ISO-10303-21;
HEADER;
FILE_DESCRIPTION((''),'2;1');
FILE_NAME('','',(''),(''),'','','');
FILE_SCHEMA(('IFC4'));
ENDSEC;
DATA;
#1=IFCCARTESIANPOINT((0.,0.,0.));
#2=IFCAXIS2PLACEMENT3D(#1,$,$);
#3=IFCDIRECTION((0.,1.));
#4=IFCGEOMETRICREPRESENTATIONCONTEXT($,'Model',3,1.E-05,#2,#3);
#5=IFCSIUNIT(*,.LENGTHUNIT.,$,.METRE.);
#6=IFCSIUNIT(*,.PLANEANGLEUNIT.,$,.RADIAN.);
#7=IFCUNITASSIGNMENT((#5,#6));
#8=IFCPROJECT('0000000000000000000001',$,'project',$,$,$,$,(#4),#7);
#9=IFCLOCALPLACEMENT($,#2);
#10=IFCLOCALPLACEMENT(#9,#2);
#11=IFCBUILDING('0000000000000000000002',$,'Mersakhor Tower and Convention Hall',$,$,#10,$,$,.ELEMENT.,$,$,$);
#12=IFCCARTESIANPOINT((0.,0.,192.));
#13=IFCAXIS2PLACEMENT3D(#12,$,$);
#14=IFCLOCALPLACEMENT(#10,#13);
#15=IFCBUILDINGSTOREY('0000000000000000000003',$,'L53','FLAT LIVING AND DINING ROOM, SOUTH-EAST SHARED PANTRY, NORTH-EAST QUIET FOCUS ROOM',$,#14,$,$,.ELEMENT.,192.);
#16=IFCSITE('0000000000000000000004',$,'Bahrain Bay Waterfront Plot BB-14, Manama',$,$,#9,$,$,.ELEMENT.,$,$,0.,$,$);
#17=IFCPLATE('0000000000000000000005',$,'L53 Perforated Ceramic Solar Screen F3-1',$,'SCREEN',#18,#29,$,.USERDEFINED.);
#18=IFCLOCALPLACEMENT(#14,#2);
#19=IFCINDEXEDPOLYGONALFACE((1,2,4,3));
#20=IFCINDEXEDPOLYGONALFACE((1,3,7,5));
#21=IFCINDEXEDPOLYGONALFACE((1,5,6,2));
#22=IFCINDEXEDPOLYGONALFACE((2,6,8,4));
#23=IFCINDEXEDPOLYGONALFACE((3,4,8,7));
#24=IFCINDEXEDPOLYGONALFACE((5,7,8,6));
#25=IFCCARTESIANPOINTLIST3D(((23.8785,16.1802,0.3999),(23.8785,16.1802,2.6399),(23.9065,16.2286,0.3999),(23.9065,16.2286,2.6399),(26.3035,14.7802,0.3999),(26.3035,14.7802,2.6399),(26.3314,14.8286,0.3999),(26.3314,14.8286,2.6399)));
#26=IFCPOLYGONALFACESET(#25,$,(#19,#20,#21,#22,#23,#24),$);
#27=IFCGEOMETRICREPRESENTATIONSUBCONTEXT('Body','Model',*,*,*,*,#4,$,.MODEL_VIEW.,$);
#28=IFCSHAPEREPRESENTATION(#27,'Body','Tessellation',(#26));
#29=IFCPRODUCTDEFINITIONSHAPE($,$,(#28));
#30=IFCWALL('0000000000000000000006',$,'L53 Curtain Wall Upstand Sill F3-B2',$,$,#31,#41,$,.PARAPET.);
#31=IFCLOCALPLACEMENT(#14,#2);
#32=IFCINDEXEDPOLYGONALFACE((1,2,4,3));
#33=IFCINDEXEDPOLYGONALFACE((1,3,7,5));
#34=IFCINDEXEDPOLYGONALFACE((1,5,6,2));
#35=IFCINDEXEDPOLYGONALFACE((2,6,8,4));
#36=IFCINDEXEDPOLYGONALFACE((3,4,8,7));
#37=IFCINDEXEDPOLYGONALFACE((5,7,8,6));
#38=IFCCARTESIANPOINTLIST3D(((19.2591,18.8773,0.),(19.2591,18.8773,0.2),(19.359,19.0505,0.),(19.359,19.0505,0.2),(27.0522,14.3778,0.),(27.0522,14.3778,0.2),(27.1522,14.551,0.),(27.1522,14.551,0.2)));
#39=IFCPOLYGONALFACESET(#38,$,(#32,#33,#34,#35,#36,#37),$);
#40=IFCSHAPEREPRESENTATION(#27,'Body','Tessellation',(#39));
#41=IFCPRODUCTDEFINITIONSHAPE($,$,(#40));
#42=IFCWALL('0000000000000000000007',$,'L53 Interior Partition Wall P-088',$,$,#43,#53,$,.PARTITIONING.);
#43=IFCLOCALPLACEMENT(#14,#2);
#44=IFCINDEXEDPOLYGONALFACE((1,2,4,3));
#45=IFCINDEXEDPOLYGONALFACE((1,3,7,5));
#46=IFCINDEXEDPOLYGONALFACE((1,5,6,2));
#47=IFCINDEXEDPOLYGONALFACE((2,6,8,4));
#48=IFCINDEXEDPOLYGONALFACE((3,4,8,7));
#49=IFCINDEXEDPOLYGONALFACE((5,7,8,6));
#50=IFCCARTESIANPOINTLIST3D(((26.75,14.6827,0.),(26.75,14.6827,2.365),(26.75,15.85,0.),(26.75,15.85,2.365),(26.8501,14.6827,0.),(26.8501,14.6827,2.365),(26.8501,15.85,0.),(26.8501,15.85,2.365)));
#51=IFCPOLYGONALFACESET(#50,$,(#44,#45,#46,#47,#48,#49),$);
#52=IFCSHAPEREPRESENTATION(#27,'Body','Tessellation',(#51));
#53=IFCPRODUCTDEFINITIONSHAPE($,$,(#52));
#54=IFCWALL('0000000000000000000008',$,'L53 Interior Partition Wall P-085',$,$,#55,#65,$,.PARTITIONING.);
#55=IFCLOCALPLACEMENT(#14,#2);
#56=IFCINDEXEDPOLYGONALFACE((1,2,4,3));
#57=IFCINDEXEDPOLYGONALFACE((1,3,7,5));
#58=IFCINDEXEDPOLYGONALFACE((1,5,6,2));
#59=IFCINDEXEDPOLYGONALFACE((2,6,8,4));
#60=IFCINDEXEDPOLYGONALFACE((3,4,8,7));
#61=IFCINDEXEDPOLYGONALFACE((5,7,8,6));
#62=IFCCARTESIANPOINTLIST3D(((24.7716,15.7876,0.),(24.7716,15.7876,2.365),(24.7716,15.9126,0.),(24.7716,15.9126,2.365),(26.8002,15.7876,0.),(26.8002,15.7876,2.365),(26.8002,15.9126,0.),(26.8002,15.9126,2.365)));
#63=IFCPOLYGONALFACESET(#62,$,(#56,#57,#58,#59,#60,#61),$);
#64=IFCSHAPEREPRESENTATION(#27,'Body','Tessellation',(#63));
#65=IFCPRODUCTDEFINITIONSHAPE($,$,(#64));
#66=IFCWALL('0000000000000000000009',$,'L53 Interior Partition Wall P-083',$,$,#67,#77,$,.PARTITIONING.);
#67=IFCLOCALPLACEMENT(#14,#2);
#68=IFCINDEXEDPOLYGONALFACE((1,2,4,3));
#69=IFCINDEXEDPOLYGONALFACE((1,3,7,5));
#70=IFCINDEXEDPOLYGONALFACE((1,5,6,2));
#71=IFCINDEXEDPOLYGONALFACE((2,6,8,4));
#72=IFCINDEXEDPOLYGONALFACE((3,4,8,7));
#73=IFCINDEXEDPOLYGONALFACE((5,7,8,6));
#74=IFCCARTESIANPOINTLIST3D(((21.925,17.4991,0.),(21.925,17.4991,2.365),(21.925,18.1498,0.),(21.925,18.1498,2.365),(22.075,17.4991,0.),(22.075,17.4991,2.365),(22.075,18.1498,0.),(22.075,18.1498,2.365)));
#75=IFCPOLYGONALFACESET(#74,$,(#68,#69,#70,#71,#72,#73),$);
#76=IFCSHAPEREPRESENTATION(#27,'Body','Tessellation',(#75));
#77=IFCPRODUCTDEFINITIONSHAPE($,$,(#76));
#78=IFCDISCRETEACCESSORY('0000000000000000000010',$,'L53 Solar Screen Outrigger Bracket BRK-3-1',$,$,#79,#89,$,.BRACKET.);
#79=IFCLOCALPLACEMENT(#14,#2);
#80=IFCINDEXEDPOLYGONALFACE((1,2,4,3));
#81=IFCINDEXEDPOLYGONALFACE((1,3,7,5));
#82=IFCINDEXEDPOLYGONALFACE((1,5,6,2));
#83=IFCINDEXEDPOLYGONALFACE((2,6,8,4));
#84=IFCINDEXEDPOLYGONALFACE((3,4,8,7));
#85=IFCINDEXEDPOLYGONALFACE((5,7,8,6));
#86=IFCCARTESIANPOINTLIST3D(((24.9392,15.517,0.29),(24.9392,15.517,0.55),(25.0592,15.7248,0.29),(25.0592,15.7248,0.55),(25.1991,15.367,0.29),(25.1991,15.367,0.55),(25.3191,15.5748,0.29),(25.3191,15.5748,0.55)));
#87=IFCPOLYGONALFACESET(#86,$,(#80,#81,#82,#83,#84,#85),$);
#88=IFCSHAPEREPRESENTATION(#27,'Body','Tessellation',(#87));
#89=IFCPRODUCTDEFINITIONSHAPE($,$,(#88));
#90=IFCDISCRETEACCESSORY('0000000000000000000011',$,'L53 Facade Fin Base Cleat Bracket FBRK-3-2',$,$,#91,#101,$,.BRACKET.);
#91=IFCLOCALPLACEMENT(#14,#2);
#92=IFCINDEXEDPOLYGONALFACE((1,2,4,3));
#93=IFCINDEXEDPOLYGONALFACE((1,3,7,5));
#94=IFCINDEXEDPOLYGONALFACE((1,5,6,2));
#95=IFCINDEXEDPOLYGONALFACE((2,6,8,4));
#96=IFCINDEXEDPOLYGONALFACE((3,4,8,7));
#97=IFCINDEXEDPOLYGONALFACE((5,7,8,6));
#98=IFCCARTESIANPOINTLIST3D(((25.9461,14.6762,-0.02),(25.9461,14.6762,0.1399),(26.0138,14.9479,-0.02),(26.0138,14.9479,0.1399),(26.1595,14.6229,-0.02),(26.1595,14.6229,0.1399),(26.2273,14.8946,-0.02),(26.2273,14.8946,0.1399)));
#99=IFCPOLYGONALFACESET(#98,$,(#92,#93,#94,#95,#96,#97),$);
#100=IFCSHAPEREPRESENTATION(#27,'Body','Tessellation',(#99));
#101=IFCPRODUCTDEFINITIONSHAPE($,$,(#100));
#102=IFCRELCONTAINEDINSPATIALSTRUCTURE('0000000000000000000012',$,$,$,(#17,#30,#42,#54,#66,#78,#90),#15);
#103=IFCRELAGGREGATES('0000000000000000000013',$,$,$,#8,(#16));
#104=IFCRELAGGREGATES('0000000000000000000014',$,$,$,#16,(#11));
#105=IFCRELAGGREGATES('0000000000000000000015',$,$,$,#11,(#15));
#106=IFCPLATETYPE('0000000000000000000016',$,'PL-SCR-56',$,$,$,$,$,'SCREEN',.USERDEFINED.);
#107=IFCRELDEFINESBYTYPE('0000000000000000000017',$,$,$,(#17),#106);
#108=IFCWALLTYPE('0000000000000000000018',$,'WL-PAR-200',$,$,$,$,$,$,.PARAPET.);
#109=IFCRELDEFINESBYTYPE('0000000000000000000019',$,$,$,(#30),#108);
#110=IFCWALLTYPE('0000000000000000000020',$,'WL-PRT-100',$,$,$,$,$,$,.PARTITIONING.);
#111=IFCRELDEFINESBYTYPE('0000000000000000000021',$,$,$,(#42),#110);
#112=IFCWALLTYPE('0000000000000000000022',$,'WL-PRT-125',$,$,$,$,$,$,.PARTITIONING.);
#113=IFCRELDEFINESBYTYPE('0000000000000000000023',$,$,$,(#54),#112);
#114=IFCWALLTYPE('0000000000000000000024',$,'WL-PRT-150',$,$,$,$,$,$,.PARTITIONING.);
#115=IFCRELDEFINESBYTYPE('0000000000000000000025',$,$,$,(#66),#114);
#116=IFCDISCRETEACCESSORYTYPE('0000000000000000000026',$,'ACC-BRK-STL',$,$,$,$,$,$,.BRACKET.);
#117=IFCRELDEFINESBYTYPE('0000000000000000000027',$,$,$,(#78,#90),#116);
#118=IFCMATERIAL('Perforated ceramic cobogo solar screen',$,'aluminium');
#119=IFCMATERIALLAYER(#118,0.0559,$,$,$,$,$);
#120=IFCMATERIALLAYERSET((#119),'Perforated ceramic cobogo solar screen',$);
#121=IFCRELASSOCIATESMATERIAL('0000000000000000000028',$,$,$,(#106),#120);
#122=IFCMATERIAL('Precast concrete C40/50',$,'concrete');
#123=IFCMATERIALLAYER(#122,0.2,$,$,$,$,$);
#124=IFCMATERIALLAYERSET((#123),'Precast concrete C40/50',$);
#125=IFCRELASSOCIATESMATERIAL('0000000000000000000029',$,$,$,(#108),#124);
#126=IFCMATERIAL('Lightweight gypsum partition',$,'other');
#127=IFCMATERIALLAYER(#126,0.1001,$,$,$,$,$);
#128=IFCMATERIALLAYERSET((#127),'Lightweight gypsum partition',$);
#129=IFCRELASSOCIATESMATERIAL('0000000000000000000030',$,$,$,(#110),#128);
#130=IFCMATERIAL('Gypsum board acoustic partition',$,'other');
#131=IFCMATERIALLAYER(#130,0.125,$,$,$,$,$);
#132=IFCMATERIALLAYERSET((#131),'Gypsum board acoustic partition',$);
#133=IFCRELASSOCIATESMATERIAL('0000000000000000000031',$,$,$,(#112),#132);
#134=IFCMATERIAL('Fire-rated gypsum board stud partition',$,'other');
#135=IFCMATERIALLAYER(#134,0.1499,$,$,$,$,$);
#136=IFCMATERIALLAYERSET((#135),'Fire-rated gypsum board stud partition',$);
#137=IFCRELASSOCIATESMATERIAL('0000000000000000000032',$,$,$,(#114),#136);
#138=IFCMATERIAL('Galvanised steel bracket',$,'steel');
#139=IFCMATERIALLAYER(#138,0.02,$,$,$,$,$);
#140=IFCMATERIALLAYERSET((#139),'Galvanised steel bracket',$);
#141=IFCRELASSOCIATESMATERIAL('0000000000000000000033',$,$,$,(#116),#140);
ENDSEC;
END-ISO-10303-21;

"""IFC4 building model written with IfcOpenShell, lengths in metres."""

from ifc_helpers import new_model, si_unit, direction, frame, frame_2d, origin, origin_2d, place, context, subcontext, project, spatial, rectangle, extrude, material, layer, layer_set, type_object, element, save


model = new_model("IFC4")

# Units and contexts
model_context = context("Model", 3, precision=1e-05, world=origin(), true_north=direction((0.0, 1.0)))
body_context = subcontext(model_context, "Body", "Model", "MODEL_VIEW")
ifc_project = project(units=[si_unit("LENGTHUNIT", "METRE"), si_unit("PLANEANGLEUNIT", "RADIAN")], contexts=[model_context])

# Site, building, storey
site_placement = place(None, origin())
site = spatial("IfcSite", under=ifc_project, at=site_placement, Name="Bahrain Bay Waterfront Plot BB-14, Manama", CompositionType="ELEMENT", RefElevation=0.0)
building_placement = place(site_placement, origin())
building = spatial("IfcBuilding", under=site, at=building_placement, Name="Mersakhor Tower and Convention Hall", CompositionType="ELEMENT")
storey_placement = place(building_placement, frame((0.0, 0.0, 192.0)))
storey = spatial("IfcBuildingStorey", under=building, at=storey_placement, Name="L53", Description="FLAT LIVING AND DINING ROOM, SOUTH-EAST SHARED PANTRY, NORTH-EAST QUIET FOCUS ROOM", CompositionType="ELEMENT", Elevation=192.0)

# Plate
ifc_material_1 = material(Name="Perforated ceramic cobogo solar screen", Category="aluminium")
ifc_layer_1 = layer(ifc_material_1, 0.0559)
ifc_layer_set_1 = layer_set([ifc_layer_1], Name="Perforated ceramic cobogo solar screen")
plate_type_1 = type_object("IfcPlateType", Name="PL-SCR-56", ElementType="SCREEN", PredefinedType="USERDEFINED", material=ifc_layer_set_1)
plate_1_placement = place(storey_placement, frame((25.105, 15.5044, 0.3999), z_axis=(0.0, 0.0, 1.0), x_axis=(-0.866025, 0.5, 0.0)))
element("IfcPlate", 1, at=plate_1_placement, inside=storey, type_object=plate_type_1, Name="L53 Perforated Ceramic Solar Screen F3-1", ObjectType="SCREEN", PredefinedType="USERDEFINED", context=body_context, shape_type="SweptSolid", body=[
    extrude(rectangle(XDim=2.8, YDim=0.0559, at=origin_2d()), origin(), (0.0, 0.0, 1.0), 2.24),
])

# Walls
ifc_material_2 = material(Name="Precast concrete C40/50", Category="concrete")
ifc_layer_2 = layer(ifc_material_2, 0.2)
ifc_layer_set_2 = layer_set([ifc_layer_2], Name="Precast concrete C40/50")
wall_type_1 = type_object("IfcWallType", Name="WL-PAR-200", PredefinedType="PARAPET", material=ifc_layer_set_2)
wall_1_placement = place(storey_placement, frame((27.1023, 14.4644, 0.0), z_axis=(0.0, 0.0, 1.0), x_axis=(-0.866021, 0.500008, 0.0)))
element("IfcWall", 2, at=wall_1_placement, inside=storey, type_object=wall_type_1, Name="L53 Curtain Wall Upstand Sill F3-B2", PredefinedType="PARAPET", context=body_context, shape_type="SweptSolid", body=[
    extrude(rectangle(XDim=8.9988, YDim=0.2, at=frame_2d((4.4995, 0.0))), origin(), (0.0, 0.0, 1.0), 0.2),
])
ifc_material_3 = material(Name="Lightweight gypsum partition", Category="other")
ifc_layer_3 = layer(ifc_material_3, 0.1001)
ifc_layer_set_3 = layer_set([ifc_layer_3], Name="Lightweight gypsum partition")
wall_type_2 = type_object("IfcWallType", Name="WL-PRT-100", PredefinedType="PARTITIONING", material=ifc_layer_set_3)
wall_2_placement = place(storey_placement, frame((26.8, 14.6829, 0.0), z_axis=(0.0, 0.0, 1.0), x_axis=(0.0, 1.0, 0.0)))
element("IfcWall", 3, at=wall_2_placement, inside=storey, type_object=wall_type_2, Name="L53 Interior Partition Wall P-088", PredefinedType="PARTITIONING", context=body_context, shape_type="SweptSolid", body=[
    extrude(rectangle(XDim=1.1672, YDim=0.1001, at=frame_2d((0.5835, 0.0))), origin(), (0.0, 0.0, 1.0), 2.365),
])
ifc_material_4 = material(Name="Gypsum board acoustic partition", Category="other")
ifc_layer_4 = layer(ifc_material_4, 0.125)
ifc_layer_set_4 = layer_set([ifc_layer_4], Name="Gypsum board acoustic partition")
wall_type_3 = type_object("IfcWallType", Name="WL-PRT-125", PredefinedType="PARTITIONING", material=ifc_layer_set_4)
wall_3_placement = place(storey_placement, frame((26.8, 15.8501, 0.0), z_axis=(0.0, 0.0, 1.0), x_axis=(-1.0, 0.0, 0.0)))
element("IfcWall", 4, at=wall_3_placement, inside=storey, type_object=wall_type_3, Name="L53 Interior Partition Wall P-085", PredefinedType="PARTITIONING", context=body_context, shape_type="SweptSolid", body=[
    extrude(rectangle(XDim=2.0286, YDim=0.125, at=frame_2d((1.0142, 0.0))), origin(), (0.0, 0.0, 1.0), 2.365),
])
ifc_material_5 = material(Name="Fire-rated gypsum board stud partition", Category="other")
ifc_layer_5 = layer(ifc_material_5, 0.1499)
ifc_layer_set_5 = layer_set([ifc_layer_5], Name="Fire-rated gypsum board stud partition")
wall_type_4 = type_object("IfcWallType", Name="WL-PRT-150", PredefinedType="PARTITIONING", material=ifc_layer_set_5)
wall_4_placement = place(storey_placement, frame((22.0, 17.4993, 0.0), z_axis=(0.0, 0.0, 1.0), x_axis=(0.0, 1.0, 0.0)))
element("IfcWall", 5, at=wall_4_placement, inside=storey, type_object=wall_type_4, Name="L53 Interior Partition Wall P-083", PredefinedType="PARTITIONING", context=body_context, shape_type="SweptSolid", body=[
    extrude(rectangle(XDim=0.6506, YDim=0.1499, at=frame_2d((0.3252, 0.0))), origin(), (0.0, 0.0, 1.0), 2.365),
])

# Discrete accessories
ifc_material_6 = material(Name="Galvanised steel bracket", Category="steel")
ifc_layer_6 = layer(ifc_material_6, 0.02)
ifc_layer_set_6 = layer_set([ifc_layer_6], Name="Galvanised steel bracket")
discrete_accessory_type = type_object("IfcDiscreteAccessoryType", Name="ACC-BRK-STL", PredefinedType="BRACKET", material=ifc_layer_set_6)
discrete_accessory_1_placement = place(storey_placement, frame((25.1292, 15.5459, 0.29), z_axis=(0.0, 0.0, 1.0), x_axis=(-0.866025, 0.5, 0.0)))
element("IfcDiscreteAccessory", 6, at=discrete_accessory_1_placement, inside=storey, type_object=discrete_accessory_type, Name="L53 Solar Screen Outrigger Bracket BRK-3-1", PredefinedType="BRACKET", context=body_context, shape_type="SweptSolid", body=[
    extrude(rectangle(XDim=0.3, YDim=0.24, at=origin_2d()), origin(), (0.0, 0.0, 1.0), 0.26),
])
discrete_accessory_2_placement = place(storey_placement, frame((26.0867, 14.7854, -0.02), z_axis=(0.0, 0.0, 1.0), x_axis=(-0.241922, -0.970296, 0.0)))
element("IfcDiscreteAccessory", 7, at=discrete_accessory_2_placement, inside=storey, type_object=discrete_accessory_type, Name="L53 Facade Fin Base Cleat Bracket FBRK-3-2", PredefinedType="BRACKET", context=body_context, shape_type="SweptSolid", body=[
    extrude(rectangle(XDim=0.28, YDim=0.22, at=origin_2d()), origin(), (0.0, 0.0, 1.0), 0.1599),
])

save(model, "model.ifc")
